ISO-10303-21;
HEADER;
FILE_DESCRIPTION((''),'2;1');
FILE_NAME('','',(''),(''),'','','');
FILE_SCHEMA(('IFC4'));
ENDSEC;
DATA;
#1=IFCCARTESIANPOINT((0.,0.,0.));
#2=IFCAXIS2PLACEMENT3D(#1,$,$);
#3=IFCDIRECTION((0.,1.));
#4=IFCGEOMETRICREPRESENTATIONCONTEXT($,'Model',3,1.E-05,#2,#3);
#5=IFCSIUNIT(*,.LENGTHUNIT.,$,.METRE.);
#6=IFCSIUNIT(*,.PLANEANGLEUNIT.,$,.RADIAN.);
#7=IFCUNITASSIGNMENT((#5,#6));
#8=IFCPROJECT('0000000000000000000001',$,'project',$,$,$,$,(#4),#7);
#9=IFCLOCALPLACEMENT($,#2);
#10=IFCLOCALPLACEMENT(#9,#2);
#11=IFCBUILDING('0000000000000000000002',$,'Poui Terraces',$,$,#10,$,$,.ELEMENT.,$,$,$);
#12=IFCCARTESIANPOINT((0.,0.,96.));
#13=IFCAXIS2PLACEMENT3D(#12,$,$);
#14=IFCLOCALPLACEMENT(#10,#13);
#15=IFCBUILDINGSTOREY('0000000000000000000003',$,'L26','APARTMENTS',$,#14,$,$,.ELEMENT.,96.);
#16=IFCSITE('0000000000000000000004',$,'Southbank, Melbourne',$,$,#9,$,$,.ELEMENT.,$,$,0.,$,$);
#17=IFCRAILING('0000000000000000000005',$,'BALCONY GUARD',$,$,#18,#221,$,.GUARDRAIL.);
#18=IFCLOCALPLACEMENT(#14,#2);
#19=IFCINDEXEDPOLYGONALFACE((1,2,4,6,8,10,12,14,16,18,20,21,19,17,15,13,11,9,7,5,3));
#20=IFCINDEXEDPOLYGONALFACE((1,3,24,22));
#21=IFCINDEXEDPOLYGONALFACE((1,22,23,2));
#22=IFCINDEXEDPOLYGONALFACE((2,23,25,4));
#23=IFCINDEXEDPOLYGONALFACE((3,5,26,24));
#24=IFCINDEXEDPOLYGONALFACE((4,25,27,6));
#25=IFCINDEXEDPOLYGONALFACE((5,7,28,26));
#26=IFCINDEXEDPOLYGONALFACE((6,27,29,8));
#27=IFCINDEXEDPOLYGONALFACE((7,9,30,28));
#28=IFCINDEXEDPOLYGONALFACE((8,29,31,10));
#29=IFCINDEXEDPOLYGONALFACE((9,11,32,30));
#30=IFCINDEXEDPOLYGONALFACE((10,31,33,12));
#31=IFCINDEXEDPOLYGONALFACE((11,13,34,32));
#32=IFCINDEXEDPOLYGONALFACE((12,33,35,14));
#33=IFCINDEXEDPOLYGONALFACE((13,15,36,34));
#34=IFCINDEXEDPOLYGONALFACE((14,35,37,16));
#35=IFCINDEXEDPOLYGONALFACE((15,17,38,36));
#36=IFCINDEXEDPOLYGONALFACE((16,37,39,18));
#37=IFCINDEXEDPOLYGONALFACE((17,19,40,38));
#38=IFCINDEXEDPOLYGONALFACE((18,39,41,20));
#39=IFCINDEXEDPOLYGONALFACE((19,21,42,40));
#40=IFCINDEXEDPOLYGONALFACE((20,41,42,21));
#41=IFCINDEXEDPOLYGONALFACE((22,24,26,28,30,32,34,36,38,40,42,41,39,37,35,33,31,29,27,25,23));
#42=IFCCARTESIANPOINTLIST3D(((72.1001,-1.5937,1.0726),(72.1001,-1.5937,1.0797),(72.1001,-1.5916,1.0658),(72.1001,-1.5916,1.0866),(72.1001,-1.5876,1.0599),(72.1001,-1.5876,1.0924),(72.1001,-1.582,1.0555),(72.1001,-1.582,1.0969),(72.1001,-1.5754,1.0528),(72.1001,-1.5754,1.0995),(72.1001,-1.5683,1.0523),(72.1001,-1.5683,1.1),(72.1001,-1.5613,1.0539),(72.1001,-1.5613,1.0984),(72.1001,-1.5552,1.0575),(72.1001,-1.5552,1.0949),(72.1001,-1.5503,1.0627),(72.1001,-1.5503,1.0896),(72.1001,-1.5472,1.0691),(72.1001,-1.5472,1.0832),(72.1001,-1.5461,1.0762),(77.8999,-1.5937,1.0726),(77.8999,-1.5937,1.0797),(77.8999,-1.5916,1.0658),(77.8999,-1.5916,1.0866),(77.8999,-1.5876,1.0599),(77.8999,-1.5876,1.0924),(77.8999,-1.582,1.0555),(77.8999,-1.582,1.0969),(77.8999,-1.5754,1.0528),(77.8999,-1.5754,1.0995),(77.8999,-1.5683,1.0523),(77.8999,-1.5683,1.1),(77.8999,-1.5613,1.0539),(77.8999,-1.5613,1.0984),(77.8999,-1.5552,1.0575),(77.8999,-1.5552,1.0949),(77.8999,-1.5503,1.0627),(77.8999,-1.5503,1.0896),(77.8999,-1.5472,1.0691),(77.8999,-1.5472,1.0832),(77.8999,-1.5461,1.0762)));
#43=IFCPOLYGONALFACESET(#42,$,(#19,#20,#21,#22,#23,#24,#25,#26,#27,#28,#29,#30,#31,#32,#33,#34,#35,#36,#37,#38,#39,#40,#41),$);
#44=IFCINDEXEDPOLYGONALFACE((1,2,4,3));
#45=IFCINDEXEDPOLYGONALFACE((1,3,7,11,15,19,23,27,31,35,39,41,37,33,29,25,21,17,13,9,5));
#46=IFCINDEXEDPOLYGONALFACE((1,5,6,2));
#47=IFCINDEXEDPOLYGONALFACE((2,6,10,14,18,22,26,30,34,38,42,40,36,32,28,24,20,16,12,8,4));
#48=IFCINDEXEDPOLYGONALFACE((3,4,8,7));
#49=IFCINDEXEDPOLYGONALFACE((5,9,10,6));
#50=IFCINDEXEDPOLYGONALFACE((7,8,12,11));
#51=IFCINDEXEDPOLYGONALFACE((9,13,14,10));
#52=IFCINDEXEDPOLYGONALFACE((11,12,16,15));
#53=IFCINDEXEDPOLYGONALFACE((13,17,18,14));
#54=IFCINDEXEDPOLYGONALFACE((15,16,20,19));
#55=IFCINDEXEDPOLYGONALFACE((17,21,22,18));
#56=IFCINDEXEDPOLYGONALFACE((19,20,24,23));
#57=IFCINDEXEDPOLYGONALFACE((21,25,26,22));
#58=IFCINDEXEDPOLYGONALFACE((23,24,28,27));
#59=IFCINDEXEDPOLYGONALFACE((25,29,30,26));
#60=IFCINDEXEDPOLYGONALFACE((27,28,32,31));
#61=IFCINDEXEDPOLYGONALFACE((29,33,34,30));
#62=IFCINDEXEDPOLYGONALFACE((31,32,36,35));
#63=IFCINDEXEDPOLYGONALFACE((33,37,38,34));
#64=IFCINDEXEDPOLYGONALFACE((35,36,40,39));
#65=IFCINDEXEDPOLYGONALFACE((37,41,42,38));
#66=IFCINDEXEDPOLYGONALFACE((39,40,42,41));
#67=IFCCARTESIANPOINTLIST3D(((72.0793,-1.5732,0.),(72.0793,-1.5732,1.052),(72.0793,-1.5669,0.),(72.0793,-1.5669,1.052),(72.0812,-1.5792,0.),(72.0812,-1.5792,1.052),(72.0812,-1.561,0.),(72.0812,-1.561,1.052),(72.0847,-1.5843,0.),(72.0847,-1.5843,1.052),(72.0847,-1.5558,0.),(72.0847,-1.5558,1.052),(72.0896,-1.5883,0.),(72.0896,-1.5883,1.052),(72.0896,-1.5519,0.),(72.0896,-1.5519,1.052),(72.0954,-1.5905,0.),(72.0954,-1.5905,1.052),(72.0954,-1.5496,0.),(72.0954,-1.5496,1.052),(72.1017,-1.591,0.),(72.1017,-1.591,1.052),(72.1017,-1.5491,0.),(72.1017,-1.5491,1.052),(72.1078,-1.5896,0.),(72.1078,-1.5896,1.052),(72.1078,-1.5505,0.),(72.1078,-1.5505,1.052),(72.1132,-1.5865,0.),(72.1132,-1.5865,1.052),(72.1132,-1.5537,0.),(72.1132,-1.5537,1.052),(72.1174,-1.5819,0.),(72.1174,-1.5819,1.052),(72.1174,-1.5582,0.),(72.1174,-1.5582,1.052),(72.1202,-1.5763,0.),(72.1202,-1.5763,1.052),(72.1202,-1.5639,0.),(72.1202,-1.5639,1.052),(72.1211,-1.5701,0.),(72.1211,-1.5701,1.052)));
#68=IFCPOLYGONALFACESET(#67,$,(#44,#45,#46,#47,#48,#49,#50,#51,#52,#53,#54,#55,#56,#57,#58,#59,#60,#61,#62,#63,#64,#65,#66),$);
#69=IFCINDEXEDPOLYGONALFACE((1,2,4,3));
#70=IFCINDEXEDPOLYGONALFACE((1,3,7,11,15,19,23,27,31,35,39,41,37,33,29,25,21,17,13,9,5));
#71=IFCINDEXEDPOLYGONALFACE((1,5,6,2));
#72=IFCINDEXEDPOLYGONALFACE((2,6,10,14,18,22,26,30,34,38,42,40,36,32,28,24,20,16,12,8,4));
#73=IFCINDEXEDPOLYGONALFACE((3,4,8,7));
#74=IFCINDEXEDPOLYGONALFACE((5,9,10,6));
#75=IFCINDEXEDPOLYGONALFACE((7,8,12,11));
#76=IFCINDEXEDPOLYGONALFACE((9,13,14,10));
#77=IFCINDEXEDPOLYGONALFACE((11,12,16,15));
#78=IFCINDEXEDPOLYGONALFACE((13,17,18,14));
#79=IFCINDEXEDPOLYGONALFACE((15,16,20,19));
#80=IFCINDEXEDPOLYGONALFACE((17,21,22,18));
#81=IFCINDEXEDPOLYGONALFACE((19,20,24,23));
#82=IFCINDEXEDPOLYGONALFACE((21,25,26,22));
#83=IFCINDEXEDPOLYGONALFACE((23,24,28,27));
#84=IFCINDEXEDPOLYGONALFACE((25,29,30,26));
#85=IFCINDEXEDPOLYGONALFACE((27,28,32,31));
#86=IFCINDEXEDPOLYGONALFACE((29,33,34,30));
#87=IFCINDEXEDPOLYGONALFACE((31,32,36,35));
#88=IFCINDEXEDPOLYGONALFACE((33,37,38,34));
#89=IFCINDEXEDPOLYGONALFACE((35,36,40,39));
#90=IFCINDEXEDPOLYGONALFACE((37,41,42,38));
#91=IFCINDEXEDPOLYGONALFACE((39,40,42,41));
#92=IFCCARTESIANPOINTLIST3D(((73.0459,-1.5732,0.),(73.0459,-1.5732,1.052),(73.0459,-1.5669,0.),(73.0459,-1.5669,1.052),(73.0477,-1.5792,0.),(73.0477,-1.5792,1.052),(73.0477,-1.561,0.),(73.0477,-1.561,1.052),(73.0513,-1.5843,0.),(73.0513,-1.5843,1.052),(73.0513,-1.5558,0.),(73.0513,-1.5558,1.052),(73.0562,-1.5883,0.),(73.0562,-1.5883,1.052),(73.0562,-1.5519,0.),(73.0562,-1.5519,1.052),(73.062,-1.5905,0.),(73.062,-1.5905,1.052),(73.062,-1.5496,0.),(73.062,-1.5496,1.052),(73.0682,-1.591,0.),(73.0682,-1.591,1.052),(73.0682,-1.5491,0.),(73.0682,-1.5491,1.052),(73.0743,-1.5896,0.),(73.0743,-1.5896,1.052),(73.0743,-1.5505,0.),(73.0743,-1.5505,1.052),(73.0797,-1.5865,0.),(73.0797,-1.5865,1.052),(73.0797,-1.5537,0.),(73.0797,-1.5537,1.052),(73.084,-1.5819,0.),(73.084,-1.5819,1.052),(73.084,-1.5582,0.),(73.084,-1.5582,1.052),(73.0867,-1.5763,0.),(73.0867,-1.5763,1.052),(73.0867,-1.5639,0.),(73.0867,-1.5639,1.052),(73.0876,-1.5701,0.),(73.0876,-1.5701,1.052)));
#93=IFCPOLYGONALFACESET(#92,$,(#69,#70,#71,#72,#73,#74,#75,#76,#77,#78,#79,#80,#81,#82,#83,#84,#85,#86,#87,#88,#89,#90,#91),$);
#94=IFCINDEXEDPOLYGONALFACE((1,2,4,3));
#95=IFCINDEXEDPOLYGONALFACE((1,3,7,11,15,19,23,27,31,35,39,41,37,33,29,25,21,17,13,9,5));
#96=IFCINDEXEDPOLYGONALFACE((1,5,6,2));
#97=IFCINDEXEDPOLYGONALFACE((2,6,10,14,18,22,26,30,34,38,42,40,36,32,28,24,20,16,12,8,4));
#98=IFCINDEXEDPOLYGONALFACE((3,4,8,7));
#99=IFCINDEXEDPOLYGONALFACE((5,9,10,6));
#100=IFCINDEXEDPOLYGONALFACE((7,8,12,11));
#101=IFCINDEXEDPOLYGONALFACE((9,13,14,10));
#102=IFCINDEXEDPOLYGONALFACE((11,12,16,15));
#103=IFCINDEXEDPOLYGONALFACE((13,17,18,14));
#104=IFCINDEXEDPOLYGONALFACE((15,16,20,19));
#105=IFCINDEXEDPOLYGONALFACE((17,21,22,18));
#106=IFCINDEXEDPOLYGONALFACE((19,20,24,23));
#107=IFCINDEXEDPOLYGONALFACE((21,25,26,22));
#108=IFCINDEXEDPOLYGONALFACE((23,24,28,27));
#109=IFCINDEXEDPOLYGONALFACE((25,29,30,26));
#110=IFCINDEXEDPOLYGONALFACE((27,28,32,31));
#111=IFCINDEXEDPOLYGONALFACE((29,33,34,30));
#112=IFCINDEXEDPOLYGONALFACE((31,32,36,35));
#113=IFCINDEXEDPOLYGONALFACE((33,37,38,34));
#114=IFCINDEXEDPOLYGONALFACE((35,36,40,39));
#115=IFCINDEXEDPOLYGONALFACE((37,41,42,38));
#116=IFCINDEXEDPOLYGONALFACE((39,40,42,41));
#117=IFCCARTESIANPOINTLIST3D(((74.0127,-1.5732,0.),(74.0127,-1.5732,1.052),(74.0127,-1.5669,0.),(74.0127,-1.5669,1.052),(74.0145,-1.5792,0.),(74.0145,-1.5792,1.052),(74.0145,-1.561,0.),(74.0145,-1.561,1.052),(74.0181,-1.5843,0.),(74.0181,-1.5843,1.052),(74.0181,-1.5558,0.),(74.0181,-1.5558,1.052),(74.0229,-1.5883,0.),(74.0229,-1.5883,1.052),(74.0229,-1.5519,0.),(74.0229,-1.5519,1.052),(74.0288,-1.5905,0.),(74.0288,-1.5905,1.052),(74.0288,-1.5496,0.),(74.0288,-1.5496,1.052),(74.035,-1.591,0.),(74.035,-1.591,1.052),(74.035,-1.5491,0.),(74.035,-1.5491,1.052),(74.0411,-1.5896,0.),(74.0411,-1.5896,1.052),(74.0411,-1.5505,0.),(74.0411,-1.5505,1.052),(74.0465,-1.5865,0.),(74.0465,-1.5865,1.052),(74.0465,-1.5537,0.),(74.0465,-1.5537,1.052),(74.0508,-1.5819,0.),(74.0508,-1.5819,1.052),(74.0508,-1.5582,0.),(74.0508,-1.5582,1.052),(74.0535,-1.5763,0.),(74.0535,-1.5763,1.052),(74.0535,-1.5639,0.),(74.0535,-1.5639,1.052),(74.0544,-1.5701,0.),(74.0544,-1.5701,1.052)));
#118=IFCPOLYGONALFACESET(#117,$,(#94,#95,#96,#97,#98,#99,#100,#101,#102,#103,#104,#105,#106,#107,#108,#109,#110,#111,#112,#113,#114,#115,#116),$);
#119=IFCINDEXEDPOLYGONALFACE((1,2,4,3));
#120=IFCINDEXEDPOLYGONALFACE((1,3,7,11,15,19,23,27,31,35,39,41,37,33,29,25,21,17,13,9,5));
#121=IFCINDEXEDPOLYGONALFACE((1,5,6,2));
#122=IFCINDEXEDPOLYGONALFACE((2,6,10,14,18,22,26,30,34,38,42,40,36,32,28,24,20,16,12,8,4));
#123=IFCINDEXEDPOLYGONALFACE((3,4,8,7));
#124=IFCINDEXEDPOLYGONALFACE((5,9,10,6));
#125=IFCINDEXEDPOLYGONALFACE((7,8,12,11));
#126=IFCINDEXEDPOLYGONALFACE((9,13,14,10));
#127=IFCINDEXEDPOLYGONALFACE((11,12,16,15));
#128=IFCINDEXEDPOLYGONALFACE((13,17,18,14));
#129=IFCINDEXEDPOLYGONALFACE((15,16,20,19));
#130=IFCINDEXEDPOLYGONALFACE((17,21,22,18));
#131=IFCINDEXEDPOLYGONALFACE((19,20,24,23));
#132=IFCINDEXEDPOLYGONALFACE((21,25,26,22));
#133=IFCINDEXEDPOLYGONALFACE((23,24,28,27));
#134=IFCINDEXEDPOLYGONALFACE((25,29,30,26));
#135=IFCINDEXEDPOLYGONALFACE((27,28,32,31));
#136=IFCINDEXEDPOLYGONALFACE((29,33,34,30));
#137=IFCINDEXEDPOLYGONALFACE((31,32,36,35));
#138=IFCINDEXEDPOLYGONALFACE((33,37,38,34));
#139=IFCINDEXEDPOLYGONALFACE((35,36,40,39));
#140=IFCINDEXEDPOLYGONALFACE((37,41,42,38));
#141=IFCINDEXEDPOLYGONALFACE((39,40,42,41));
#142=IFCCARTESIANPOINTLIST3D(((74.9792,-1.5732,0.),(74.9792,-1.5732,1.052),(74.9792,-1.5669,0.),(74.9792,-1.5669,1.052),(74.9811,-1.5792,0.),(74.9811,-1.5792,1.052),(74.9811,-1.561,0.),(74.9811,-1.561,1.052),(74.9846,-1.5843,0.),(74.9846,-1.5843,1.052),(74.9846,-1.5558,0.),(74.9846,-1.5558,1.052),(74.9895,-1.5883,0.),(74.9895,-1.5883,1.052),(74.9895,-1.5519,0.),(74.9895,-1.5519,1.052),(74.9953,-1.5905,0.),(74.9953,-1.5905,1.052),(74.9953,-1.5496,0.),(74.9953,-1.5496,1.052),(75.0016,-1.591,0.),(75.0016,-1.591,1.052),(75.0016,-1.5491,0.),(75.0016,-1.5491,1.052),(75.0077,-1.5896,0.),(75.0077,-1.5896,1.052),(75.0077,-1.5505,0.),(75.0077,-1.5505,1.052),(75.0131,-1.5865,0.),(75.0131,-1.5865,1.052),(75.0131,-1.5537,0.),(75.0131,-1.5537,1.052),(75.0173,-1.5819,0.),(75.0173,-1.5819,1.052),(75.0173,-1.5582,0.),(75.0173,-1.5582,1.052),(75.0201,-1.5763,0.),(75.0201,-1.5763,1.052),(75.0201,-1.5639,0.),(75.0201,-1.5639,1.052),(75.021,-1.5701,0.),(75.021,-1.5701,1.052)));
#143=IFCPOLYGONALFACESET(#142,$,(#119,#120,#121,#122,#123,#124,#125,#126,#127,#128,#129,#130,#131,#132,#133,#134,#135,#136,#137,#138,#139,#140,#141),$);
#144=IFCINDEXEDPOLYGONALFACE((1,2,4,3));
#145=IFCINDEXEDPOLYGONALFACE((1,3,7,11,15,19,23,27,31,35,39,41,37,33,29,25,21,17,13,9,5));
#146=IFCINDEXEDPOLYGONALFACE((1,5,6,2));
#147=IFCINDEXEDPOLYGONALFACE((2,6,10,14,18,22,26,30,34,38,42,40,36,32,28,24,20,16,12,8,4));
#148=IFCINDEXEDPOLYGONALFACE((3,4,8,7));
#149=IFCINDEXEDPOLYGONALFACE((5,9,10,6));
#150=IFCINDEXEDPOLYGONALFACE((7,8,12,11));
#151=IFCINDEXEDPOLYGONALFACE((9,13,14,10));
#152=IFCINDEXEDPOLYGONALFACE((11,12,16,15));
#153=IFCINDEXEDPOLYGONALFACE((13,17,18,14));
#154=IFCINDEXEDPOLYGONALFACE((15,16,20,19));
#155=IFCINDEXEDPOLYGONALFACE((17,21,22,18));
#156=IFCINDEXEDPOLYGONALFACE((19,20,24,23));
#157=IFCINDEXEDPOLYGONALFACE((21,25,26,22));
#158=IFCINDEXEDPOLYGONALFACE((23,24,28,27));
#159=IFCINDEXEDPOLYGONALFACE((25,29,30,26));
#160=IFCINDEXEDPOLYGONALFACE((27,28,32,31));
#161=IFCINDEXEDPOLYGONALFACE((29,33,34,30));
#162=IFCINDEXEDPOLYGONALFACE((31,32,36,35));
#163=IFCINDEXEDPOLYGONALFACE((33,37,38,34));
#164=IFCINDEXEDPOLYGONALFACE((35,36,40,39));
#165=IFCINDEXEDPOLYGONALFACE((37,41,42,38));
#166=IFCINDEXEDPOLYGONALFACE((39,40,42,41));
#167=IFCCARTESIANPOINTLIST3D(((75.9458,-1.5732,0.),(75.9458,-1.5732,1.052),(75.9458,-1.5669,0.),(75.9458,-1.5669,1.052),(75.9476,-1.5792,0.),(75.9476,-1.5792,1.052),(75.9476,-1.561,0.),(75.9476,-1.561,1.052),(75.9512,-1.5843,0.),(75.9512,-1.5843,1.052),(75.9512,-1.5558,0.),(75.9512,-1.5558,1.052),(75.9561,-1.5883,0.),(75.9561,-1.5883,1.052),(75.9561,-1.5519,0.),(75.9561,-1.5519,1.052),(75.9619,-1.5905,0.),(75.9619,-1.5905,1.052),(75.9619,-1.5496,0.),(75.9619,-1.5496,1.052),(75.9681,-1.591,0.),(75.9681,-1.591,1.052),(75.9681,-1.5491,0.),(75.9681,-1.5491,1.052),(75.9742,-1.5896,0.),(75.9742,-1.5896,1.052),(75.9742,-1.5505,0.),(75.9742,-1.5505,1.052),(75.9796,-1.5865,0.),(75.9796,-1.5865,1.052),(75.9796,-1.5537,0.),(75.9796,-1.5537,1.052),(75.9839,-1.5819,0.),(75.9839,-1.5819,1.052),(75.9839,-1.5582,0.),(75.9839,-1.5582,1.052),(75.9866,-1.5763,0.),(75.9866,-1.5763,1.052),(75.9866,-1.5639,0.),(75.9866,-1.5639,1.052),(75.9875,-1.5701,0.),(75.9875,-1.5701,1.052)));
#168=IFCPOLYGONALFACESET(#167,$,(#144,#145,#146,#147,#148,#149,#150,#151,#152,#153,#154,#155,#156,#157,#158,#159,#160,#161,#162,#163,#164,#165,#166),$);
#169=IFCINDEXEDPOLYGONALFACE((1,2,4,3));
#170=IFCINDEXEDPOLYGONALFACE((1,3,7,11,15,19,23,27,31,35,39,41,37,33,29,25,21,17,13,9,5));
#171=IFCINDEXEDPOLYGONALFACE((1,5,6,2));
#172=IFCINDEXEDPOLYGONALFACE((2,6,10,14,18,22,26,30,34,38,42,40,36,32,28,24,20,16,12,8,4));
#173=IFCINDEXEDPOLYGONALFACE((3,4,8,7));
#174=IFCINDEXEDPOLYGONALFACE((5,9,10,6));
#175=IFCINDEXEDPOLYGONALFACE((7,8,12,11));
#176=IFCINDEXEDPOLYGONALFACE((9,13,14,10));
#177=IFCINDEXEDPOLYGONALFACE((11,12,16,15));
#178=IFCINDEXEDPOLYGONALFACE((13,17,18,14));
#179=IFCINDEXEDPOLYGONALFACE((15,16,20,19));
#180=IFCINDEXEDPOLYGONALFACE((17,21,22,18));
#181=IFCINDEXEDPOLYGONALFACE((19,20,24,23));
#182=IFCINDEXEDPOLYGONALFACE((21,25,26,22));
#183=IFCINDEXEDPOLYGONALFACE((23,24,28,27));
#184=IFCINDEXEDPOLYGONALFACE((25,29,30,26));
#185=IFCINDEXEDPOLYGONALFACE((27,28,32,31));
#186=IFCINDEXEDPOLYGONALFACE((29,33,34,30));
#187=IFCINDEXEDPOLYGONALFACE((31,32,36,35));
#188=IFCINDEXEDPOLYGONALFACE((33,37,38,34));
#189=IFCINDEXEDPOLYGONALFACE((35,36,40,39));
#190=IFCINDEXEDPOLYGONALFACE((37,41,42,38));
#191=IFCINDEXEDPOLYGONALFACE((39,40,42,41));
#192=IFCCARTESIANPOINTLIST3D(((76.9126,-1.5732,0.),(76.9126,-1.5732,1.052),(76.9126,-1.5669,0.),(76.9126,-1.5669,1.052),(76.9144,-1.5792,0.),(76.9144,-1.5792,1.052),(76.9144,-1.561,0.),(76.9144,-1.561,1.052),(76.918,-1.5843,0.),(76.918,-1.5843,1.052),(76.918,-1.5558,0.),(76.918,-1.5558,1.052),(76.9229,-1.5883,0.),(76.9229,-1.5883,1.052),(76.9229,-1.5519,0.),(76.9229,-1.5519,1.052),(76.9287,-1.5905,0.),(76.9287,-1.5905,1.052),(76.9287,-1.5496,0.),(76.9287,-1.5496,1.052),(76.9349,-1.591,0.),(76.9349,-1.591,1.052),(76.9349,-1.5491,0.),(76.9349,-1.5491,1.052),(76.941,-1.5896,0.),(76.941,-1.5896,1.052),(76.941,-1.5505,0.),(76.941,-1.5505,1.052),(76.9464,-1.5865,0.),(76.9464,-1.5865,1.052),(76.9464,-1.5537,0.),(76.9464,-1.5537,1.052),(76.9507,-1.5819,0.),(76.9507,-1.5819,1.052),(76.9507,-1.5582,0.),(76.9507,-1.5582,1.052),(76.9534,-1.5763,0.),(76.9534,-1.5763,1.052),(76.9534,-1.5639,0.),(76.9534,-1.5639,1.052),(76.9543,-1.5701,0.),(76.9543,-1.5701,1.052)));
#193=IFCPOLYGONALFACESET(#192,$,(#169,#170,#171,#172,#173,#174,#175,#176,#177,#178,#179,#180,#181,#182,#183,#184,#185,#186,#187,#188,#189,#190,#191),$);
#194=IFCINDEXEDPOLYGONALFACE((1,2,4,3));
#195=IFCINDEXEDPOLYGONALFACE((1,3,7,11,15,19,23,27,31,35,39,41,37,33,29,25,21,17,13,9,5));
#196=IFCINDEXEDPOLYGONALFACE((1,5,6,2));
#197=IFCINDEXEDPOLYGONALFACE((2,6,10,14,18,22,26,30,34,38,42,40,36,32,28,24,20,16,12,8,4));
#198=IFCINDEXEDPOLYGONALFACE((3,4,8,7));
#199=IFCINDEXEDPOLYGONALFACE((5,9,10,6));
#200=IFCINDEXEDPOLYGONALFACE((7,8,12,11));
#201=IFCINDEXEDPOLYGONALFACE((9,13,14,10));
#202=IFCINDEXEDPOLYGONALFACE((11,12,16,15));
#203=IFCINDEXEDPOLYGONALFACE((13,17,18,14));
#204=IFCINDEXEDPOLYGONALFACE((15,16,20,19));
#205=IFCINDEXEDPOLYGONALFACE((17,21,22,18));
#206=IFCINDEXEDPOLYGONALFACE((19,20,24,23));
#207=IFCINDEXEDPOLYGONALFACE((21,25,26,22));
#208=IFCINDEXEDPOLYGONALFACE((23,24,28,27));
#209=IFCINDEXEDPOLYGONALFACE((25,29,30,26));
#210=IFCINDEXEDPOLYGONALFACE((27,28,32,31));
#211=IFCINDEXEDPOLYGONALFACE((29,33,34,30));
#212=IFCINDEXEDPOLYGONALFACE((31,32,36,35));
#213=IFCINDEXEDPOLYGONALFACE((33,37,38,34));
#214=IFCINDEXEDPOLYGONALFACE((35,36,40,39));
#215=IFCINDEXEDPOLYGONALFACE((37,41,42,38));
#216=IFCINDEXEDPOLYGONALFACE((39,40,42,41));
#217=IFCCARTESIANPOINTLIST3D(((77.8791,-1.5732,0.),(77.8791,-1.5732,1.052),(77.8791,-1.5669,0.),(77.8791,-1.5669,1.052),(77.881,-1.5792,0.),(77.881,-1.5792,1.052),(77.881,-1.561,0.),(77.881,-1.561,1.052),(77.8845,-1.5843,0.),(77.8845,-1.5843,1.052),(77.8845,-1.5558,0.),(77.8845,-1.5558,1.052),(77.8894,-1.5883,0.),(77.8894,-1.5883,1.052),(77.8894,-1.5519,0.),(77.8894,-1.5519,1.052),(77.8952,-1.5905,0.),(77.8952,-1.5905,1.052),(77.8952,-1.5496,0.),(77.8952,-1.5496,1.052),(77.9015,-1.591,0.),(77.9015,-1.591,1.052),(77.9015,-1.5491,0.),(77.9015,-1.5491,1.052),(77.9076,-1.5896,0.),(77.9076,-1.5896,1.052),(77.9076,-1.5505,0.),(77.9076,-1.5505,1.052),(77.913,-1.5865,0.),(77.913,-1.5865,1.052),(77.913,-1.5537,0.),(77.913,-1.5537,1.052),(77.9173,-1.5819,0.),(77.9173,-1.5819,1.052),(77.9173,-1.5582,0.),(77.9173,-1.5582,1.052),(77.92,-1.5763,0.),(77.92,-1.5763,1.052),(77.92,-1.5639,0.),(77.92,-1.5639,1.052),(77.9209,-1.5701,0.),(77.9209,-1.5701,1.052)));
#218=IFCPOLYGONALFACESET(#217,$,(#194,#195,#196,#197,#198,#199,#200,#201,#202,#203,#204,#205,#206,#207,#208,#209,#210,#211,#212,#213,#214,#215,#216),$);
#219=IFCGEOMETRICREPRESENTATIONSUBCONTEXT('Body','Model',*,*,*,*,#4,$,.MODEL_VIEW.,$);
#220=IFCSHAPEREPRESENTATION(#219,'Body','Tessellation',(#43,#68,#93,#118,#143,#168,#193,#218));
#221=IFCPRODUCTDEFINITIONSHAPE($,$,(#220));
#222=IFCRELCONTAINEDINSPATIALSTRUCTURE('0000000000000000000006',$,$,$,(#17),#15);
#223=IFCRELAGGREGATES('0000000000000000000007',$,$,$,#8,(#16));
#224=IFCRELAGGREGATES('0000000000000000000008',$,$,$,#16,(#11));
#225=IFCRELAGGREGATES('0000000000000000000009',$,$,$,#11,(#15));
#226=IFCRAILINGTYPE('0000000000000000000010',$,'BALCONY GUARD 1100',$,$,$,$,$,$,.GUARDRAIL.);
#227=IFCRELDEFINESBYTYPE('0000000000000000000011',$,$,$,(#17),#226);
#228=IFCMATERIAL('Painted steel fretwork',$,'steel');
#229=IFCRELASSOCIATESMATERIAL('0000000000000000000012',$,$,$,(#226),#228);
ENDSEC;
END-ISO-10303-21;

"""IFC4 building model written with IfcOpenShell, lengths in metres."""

from ifc_helpers import new_model, si_unit, direction, frame, origin, origin_2d, place, context, subcontext, project, spatial, circle, extrude, material, type_object, element, save


model = new_model("IFC4")

# Units and contexts
model_context = context("Model", 3, precision=1e-05, world=origin(), true_north=direction((0.0, 1.0)))
body_context = subcontext(model_context, "Body", "Model", "MODEL_VIEW")
ifc_project = project(units=[si_unit("LENGTHUNIT", "METRE"), si_unit("PLANEANGLEUNIT", "RADIAN")], contexts=[model_context])

# Site, building, storey
site_placement = place(None, origin())
site = spatial("IfcSite", under=ifc_project, at=site_placement, Name="Southbank, Melbourne", CompositionType="ELEMENT", RefElevation=0.0)
building_placement = place(site_placement, origin())
building = spatial("IfcBuilding", under=site, at=building_placement, Name="Poui Terraces", CompositionType="ELEMENT")
storey_placement = place(building_placement, frame((0.0, 0.0, 96.0)))
storey = spatial("IfcBuildingStorey", under=building, at=storey_placement, Name="L26", Description="APARTMENTS", CompositionType="ELEMENT", Elevation=96.0)

# Railing
ifc_material_1 = material(Name="Painted steel fretwork", Category="steel")
railing_type_1 = type_object("IfcRailingType", Name="BALCONY GUARD 1100", PredefinedType="GUARDRAIL", material=ifc_material_1)
railing_1_placement = place(storey_placement, frame((72.1001, -1.5701, 0.0)))
element("IfcRailing", 1, at=railing_1_placement, inside=storey, type_object=railing_type_1, Name="BALCONY GUARD", PredefinedType="GUARDRAIL", context=body_context, shape_type="SweptSolid", body=[
    extrude(circle(Radius=0.0239, at=origin_2d()), frame((0.0, 0.0, 1.0762), z_axis=(1.0, 0.0, 0.0), x_axis=(0.0, 1.0, 0.0)), (0.0, 0.0, 1.0), 5.7998),
    extrude(circle(Radius=0.021, at=origin_2d()), origin(), (0.0, 0.0, 1.0), 1.052),
    extrude(circle(Radius=0.021, at=origin_2d()), frame((0.9666, 0.0, 0.0)), (0.0, 0.0, 1.0), 1.052),
    extrude(circle(Radius=0.021, at=origin_2d()), frame((1.9333, 0.0, 0.0)), (0.0, 0.0, 1.0), 1.052),
    extrude(circle(Radius=0.021, at=origin_2d()), frame((2.8999, 0.0, 0.0)), (0.0, 0.0, 1.0), 1.052),
    extrude(circle(Radius=0.021, at=origin_2d()), frame((3.8665, 0.0, 0.0)), (0.0, 0.0, 1.0), 1.052),
    extrude(circle(Radius=0.021, at=origin_2d()), frame((4.8333, 0.0, 0.0)), (0.0, 0.0, 1.0), 1.052),
    extrude(circle(Radius=0.021, at=origin_2d()), frame((5.7998, 0.0, 0.0)), (0.0, 0.0, 1.0), 1.052),
])

save(model, "model.ifc")
